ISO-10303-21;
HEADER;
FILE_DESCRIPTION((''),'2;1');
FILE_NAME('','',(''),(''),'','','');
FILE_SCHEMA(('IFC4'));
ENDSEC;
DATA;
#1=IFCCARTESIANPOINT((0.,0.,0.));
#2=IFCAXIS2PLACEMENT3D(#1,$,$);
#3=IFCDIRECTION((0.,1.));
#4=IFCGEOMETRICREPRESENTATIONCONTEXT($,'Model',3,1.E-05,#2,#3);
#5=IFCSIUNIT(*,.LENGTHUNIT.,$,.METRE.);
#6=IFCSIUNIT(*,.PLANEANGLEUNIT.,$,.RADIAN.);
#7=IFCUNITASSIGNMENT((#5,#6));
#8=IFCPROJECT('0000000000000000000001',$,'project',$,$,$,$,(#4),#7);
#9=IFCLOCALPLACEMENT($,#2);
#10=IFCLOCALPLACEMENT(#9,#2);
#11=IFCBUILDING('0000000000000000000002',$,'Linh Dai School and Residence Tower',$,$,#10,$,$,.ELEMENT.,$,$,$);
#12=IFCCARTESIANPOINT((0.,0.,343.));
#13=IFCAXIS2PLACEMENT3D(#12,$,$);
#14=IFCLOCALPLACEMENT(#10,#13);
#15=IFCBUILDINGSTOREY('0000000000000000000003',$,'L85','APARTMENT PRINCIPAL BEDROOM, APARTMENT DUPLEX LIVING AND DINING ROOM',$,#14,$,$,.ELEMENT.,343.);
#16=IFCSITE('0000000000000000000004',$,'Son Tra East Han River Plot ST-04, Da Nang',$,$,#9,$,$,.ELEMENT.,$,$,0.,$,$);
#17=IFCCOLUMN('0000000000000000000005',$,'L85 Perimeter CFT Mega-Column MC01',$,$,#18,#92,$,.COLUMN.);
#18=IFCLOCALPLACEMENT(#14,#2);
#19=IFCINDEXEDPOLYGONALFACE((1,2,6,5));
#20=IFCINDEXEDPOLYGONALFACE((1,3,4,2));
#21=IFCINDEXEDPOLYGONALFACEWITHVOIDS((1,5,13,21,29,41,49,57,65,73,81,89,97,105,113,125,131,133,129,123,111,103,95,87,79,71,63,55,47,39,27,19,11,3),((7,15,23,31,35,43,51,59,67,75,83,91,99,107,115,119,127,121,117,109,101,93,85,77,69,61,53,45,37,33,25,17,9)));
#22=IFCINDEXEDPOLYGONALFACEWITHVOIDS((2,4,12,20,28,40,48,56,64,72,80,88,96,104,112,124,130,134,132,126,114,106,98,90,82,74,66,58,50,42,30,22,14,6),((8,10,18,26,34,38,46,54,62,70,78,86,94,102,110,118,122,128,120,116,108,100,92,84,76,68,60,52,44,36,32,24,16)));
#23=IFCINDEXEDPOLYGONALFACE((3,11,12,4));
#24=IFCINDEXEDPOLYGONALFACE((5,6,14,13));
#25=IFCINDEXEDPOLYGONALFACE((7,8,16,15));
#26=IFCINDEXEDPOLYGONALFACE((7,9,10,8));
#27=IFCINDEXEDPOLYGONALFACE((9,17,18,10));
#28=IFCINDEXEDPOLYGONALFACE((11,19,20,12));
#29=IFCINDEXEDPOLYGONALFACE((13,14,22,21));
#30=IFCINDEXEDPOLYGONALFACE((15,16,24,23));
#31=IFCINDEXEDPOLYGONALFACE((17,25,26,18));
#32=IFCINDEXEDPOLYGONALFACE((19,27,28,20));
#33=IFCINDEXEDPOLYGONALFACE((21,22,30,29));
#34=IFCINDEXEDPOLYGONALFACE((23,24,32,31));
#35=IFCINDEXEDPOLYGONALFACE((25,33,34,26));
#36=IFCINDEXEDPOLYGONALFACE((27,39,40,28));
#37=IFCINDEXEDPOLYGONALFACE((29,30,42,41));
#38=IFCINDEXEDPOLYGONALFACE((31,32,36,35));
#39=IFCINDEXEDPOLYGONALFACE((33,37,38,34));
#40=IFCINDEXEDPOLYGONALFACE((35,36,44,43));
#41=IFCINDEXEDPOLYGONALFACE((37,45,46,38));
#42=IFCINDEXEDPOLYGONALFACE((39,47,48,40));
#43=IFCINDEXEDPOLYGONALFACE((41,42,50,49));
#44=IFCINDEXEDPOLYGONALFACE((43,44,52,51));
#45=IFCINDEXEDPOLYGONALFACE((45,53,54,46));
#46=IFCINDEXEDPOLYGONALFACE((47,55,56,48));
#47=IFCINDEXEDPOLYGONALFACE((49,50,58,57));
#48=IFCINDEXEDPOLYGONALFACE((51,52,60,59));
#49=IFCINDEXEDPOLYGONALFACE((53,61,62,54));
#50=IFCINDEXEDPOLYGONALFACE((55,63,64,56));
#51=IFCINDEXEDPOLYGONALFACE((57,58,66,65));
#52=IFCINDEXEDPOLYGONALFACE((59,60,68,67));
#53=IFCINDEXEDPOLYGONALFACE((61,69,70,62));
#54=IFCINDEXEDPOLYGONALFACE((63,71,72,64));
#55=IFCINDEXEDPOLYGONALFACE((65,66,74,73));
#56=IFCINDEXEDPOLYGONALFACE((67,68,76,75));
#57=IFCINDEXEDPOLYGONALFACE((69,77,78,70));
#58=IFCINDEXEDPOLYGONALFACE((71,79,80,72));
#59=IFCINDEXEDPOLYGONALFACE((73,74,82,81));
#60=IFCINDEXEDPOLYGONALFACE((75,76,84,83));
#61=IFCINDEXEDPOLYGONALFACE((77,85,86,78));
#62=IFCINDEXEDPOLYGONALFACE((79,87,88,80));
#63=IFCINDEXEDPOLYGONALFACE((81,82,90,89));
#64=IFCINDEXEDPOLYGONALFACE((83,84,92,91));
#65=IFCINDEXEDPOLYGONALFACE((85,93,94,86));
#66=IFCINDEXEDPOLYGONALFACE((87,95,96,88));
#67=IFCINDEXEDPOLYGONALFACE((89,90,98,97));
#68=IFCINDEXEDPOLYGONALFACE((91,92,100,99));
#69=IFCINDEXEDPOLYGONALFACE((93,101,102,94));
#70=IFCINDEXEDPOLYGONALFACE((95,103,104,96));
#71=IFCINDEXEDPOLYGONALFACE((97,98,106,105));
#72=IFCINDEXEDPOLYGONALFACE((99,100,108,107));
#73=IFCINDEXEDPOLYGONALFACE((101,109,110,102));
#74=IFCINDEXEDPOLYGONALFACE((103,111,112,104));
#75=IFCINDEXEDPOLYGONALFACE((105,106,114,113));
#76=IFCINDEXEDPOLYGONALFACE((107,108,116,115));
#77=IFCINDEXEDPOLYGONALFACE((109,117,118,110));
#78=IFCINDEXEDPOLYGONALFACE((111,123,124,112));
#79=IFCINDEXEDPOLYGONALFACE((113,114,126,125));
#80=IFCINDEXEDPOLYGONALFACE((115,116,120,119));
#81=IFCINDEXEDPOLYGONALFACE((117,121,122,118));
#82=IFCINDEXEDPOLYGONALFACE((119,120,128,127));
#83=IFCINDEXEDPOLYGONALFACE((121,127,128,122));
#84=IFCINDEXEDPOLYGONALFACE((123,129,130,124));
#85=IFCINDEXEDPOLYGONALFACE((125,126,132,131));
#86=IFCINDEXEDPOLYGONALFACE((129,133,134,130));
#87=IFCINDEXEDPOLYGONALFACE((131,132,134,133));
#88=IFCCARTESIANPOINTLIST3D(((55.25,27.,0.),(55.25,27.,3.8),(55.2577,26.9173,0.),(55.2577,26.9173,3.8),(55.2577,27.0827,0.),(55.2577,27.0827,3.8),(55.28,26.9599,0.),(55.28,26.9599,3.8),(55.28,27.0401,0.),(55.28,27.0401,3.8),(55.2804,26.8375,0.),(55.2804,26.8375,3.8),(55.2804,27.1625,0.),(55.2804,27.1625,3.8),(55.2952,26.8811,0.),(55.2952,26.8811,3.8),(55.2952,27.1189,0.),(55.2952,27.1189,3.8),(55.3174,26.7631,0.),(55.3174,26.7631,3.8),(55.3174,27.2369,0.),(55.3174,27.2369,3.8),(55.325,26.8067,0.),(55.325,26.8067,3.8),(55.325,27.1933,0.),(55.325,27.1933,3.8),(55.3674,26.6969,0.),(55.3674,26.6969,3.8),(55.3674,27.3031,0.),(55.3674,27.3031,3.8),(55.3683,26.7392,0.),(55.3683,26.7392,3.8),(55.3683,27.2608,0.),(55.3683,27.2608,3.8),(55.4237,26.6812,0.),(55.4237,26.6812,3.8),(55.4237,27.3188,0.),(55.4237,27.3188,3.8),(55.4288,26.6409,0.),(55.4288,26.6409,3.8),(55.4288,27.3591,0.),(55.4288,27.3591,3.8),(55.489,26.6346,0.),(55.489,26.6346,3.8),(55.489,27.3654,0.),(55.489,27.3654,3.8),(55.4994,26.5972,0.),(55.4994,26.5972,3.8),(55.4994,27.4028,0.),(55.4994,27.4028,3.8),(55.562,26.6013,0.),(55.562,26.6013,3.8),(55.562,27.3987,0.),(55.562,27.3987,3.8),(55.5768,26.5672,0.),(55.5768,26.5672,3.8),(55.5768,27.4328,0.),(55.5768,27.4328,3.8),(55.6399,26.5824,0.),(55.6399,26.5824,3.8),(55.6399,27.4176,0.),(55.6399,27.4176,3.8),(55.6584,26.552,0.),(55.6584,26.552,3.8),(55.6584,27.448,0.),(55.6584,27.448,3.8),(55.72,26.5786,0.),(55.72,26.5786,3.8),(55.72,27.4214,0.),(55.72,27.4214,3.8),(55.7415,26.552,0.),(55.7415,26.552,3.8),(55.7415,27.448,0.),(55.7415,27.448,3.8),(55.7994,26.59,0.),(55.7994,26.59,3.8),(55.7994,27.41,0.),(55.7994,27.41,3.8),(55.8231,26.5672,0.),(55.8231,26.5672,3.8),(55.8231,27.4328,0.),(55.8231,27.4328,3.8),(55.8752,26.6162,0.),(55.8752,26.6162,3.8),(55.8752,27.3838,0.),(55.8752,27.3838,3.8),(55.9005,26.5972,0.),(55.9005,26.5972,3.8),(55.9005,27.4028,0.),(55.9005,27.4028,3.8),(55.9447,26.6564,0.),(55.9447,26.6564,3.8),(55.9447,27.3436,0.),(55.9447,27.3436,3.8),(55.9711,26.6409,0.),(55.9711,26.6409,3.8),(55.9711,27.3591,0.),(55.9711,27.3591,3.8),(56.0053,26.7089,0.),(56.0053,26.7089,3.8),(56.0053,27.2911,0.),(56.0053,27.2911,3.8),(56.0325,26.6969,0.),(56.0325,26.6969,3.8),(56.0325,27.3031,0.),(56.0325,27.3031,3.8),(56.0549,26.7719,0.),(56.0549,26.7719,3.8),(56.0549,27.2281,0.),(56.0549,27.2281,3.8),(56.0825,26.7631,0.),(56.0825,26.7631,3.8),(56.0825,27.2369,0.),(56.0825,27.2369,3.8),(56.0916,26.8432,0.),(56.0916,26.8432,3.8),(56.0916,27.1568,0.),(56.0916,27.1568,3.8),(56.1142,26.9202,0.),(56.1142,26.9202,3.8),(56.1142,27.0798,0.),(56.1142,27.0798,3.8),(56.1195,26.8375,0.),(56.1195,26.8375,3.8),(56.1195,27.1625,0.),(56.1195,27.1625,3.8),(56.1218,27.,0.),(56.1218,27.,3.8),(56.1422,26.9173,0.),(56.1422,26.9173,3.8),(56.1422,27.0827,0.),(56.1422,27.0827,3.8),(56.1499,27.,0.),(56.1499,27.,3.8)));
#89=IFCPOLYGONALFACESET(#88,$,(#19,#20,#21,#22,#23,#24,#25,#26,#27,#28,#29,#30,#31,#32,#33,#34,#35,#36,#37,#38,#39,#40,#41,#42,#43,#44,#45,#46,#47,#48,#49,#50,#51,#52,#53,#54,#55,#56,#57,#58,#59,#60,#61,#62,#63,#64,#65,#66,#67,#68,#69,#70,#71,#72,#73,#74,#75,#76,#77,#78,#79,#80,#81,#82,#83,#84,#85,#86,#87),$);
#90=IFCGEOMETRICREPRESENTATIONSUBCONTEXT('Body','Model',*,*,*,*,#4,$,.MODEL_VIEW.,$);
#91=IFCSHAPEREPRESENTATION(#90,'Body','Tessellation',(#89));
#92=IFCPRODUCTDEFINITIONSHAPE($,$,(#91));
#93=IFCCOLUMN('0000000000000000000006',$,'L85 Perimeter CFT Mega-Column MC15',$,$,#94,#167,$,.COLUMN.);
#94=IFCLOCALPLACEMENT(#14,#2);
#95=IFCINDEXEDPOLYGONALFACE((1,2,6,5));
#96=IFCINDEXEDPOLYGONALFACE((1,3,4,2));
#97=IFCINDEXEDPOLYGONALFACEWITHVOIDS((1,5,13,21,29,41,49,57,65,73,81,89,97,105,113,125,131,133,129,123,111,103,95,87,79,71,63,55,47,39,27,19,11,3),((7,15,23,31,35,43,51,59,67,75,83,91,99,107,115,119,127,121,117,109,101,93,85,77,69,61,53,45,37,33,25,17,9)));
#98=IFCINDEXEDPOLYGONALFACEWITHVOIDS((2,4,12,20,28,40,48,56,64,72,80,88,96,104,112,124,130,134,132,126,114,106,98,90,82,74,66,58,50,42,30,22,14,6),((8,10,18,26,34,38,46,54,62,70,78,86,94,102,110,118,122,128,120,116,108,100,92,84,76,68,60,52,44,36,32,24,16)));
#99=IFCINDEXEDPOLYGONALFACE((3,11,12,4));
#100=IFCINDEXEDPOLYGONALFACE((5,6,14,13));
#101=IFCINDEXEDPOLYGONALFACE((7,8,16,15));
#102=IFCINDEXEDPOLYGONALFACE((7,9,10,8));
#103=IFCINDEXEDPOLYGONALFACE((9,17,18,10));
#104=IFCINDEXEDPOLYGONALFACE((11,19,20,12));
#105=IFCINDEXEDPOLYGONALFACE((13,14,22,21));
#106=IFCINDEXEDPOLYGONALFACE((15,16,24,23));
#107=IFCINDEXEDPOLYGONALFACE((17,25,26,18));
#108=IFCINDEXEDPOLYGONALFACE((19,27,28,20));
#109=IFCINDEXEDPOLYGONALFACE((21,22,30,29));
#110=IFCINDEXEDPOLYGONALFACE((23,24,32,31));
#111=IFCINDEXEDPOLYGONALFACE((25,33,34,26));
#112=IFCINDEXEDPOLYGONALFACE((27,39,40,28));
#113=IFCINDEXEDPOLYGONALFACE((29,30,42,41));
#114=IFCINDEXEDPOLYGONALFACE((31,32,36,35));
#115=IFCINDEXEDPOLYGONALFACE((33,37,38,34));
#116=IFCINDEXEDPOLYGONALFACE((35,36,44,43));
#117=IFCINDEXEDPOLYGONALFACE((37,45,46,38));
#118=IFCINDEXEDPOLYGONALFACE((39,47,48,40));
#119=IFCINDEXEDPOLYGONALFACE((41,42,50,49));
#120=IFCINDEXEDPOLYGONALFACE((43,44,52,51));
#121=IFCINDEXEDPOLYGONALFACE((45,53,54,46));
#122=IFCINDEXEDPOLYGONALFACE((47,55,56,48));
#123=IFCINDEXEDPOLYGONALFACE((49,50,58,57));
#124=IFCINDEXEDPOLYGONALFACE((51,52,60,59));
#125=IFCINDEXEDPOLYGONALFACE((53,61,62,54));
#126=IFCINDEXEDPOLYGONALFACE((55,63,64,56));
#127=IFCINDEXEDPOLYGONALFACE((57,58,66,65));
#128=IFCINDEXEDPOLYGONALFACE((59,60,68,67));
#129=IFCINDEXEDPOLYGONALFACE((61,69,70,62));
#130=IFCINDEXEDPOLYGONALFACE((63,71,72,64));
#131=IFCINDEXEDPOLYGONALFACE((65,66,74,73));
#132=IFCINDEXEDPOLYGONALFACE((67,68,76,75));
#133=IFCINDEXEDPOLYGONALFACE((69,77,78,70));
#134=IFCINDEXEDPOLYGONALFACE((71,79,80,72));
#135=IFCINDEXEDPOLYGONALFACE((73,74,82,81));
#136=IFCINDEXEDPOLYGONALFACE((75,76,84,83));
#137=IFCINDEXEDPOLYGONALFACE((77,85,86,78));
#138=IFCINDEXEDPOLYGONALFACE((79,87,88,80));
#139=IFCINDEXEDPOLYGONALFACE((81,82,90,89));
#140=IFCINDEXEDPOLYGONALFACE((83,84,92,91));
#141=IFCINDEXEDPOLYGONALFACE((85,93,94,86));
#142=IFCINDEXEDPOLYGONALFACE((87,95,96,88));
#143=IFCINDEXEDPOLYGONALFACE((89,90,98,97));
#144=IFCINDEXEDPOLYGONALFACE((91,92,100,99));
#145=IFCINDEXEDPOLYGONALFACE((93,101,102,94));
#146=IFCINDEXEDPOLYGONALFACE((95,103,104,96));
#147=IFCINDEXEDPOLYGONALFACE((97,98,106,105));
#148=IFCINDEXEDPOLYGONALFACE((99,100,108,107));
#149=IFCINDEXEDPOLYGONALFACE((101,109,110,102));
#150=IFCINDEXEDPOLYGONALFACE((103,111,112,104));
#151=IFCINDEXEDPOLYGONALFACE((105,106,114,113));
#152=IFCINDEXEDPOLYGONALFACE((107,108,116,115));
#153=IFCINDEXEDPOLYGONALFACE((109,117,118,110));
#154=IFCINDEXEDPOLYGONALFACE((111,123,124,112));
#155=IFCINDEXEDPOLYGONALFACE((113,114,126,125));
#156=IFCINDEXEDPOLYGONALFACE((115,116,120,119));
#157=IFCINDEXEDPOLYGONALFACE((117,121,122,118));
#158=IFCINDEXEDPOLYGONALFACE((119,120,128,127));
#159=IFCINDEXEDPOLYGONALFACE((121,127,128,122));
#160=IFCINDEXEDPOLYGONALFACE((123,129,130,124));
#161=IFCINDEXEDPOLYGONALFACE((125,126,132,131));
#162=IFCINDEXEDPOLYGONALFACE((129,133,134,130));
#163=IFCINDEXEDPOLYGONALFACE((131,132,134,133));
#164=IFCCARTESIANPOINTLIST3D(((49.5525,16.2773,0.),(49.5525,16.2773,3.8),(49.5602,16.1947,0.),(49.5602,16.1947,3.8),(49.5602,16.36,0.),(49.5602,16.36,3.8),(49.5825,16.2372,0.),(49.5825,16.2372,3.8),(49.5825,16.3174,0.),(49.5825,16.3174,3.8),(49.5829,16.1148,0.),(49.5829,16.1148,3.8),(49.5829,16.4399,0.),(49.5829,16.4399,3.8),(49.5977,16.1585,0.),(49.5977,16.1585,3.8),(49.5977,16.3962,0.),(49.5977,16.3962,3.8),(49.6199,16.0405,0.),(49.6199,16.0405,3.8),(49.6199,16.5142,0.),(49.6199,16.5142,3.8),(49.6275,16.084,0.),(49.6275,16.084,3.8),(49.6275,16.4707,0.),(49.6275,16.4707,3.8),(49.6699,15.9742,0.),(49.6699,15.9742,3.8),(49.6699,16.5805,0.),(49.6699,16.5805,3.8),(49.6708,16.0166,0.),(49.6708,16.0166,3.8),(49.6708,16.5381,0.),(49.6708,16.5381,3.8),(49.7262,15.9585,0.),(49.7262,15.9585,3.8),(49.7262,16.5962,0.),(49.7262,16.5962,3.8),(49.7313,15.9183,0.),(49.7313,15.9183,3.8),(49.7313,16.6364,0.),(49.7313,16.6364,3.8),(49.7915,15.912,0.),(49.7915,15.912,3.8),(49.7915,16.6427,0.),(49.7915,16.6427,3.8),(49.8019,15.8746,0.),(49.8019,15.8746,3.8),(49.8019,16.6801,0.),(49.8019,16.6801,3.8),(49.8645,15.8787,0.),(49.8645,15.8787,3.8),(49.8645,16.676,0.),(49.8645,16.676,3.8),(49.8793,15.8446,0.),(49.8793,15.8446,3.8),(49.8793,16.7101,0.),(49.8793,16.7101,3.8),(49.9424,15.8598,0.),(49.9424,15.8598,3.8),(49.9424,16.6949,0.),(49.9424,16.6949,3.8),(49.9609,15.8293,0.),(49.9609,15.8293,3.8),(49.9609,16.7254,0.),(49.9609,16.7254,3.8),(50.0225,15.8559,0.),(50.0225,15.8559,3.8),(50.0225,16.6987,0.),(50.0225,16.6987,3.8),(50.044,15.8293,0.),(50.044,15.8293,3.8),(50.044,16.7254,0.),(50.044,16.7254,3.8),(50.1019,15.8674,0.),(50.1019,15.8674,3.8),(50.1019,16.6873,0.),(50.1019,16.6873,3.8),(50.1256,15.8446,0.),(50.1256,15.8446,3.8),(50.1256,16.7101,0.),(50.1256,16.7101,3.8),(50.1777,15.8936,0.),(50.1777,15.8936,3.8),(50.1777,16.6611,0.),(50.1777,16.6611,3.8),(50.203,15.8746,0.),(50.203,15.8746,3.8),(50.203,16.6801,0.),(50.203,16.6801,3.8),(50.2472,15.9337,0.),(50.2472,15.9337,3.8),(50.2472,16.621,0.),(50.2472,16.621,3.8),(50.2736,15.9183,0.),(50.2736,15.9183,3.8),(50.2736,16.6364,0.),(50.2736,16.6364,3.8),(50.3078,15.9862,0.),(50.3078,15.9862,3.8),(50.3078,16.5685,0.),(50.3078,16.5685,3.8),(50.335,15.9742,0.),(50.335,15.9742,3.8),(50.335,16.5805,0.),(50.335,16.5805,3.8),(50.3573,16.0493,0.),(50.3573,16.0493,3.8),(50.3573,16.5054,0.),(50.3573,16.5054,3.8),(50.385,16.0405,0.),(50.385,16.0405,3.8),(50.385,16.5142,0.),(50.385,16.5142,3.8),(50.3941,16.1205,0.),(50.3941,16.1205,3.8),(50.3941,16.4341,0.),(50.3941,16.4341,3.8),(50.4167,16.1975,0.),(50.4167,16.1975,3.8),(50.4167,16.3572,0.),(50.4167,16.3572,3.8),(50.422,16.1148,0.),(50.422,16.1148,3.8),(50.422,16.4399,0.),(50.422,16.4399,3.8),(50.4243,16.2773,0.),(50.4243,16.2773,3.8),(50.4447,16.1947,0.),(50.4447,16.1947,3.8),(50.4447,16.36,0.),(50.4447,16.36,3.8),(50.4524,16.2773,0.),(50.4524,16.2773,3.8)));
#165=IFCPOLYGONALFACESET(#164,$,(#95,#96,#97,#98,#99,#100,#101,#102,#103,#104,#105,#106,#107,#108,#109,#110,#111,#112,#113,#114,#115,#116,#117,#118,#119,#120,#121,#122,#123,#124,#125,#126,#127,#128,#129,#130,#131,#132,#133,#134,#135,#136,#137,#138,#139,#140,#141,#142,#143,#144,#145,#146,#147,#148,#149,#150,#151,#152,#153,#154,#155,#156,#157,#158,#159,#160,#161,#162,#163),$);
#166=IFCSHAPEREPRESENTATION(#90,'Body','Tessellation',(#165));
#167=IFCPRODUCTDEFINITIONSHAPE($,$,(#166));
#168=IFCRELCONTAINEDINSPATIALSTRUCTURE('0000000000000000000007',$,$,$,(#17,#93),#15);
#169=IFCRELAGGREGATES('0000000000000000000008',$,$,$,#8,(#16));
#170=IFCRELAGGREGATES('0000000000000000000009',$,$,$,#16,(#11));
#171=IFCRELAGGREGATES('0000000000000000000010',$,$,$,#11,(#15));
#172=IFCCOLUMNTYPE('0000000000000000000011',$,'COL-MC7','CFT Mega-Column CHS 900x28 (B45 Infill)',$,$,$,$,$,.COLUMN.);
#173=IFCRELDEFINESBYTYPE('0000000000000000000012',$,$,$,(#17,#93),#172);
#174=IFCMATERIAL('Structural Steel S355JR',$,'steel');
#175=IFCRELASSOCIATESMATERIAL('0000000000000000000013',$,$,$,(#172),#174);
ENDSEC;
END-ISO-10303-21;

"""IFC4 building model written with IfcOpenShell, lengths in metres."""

from ifc_helpers import new_model, si_unit, direction, frame, origin, origin_2d, place, context, subcontext, project, spatial, hollow_circle, extrude, material, material_profile, profile_set, type_object, element, save


model = new_model("IFC4")

# Units and contexts
model_context = context("Model", 3, precision=1e-05, world=origin(), true_north=direction((0.0, 1.0)))
body_context = subcontext(model_context, "Body", "Model", "MODEL_VIEW")
ifc_project = project(units=[si_unit("LENGTHUNIT", "METRE"), si_unit("PLANEANGLEUNIT", "RADIAN")], contexts=[model_context])

# Site, building, storey
site_placement = place(None, origin())
site = spatial("IfcSite", under=ifc_project, at=site_placement, Name="Son Tra East Han River Plot ST-04, Da Nang", CompositionType="ELEMENT", RefElevation=0.0)
building_placement = place(site_placement, origin())
building = spatial("IfcBuilding", under=site, at=building_placement, Name="Linh Dai School and Residence Tower", CompositionType="ELEMENT")
storey_placement = place(building_placement, frame((0.0, 0.0, 343.0)))
storey = spatial("IfcBuildingStorey", under=building, at=storey_placement, Name="L85", Description="APARTMENT PRINCIPAL BEDROOM, APARTMENT DUPLEX LIVING AND DINING ROOM", CompositionType="ELEMENT", Elevation=343.0)

# Columns
ifc_material_1 = material(Name="Structural Steel S355JR", Category="steel")
ifc_material_profile_1 = material_profile(ifc_material_1, hollow_circle(Radius=0.45, WallThickness=0.0281, at=origin_2d()), Name="CHS 900x28")
ifc_profile_set_1 = profile_set([ifc_material_profile_1], Name="Structural Steel S355JR")
column_type_1 = type_object("IfcColumnType", Name="COL-MC7", Description="CFT Mega-Column CHS 900x28 (B45 Infill)", PredefinedType="COLUMN", material=ifc_profile_set_1)
for number, where, z_axis, x_axis, name in (
    (1, (55.7, 27.0, 0.0), (0.0, 0.0, 1.0), (1.0, 0.0, 0.0), "L85 Perimeter CFT Mega-Column MC01"),
    (2, (50.0024, 16.2773, 0.0), (0.0, 0.0, 1.0), (1.0, 0.0, 0.0), "L85 Perimeter CFT Mega-Column MC15"),
):
    element("IfcColumn", number, at=place(storey_placement, frame(where, z_axis=z_axis, x_axis=x_axis)), inside=storey, type_object=column_type_1, Name=name, PredefinedType="COLUMN", context=body_context, shape_type="SweptSolid", body=[
        extrude(hollow_circle(Radius=0.45, WallThickness=0.0281, at=origin_2d()), origin(), (0.0, 0.0, 1.0), 3.8),
    ])

save(model, "model.ifc")
